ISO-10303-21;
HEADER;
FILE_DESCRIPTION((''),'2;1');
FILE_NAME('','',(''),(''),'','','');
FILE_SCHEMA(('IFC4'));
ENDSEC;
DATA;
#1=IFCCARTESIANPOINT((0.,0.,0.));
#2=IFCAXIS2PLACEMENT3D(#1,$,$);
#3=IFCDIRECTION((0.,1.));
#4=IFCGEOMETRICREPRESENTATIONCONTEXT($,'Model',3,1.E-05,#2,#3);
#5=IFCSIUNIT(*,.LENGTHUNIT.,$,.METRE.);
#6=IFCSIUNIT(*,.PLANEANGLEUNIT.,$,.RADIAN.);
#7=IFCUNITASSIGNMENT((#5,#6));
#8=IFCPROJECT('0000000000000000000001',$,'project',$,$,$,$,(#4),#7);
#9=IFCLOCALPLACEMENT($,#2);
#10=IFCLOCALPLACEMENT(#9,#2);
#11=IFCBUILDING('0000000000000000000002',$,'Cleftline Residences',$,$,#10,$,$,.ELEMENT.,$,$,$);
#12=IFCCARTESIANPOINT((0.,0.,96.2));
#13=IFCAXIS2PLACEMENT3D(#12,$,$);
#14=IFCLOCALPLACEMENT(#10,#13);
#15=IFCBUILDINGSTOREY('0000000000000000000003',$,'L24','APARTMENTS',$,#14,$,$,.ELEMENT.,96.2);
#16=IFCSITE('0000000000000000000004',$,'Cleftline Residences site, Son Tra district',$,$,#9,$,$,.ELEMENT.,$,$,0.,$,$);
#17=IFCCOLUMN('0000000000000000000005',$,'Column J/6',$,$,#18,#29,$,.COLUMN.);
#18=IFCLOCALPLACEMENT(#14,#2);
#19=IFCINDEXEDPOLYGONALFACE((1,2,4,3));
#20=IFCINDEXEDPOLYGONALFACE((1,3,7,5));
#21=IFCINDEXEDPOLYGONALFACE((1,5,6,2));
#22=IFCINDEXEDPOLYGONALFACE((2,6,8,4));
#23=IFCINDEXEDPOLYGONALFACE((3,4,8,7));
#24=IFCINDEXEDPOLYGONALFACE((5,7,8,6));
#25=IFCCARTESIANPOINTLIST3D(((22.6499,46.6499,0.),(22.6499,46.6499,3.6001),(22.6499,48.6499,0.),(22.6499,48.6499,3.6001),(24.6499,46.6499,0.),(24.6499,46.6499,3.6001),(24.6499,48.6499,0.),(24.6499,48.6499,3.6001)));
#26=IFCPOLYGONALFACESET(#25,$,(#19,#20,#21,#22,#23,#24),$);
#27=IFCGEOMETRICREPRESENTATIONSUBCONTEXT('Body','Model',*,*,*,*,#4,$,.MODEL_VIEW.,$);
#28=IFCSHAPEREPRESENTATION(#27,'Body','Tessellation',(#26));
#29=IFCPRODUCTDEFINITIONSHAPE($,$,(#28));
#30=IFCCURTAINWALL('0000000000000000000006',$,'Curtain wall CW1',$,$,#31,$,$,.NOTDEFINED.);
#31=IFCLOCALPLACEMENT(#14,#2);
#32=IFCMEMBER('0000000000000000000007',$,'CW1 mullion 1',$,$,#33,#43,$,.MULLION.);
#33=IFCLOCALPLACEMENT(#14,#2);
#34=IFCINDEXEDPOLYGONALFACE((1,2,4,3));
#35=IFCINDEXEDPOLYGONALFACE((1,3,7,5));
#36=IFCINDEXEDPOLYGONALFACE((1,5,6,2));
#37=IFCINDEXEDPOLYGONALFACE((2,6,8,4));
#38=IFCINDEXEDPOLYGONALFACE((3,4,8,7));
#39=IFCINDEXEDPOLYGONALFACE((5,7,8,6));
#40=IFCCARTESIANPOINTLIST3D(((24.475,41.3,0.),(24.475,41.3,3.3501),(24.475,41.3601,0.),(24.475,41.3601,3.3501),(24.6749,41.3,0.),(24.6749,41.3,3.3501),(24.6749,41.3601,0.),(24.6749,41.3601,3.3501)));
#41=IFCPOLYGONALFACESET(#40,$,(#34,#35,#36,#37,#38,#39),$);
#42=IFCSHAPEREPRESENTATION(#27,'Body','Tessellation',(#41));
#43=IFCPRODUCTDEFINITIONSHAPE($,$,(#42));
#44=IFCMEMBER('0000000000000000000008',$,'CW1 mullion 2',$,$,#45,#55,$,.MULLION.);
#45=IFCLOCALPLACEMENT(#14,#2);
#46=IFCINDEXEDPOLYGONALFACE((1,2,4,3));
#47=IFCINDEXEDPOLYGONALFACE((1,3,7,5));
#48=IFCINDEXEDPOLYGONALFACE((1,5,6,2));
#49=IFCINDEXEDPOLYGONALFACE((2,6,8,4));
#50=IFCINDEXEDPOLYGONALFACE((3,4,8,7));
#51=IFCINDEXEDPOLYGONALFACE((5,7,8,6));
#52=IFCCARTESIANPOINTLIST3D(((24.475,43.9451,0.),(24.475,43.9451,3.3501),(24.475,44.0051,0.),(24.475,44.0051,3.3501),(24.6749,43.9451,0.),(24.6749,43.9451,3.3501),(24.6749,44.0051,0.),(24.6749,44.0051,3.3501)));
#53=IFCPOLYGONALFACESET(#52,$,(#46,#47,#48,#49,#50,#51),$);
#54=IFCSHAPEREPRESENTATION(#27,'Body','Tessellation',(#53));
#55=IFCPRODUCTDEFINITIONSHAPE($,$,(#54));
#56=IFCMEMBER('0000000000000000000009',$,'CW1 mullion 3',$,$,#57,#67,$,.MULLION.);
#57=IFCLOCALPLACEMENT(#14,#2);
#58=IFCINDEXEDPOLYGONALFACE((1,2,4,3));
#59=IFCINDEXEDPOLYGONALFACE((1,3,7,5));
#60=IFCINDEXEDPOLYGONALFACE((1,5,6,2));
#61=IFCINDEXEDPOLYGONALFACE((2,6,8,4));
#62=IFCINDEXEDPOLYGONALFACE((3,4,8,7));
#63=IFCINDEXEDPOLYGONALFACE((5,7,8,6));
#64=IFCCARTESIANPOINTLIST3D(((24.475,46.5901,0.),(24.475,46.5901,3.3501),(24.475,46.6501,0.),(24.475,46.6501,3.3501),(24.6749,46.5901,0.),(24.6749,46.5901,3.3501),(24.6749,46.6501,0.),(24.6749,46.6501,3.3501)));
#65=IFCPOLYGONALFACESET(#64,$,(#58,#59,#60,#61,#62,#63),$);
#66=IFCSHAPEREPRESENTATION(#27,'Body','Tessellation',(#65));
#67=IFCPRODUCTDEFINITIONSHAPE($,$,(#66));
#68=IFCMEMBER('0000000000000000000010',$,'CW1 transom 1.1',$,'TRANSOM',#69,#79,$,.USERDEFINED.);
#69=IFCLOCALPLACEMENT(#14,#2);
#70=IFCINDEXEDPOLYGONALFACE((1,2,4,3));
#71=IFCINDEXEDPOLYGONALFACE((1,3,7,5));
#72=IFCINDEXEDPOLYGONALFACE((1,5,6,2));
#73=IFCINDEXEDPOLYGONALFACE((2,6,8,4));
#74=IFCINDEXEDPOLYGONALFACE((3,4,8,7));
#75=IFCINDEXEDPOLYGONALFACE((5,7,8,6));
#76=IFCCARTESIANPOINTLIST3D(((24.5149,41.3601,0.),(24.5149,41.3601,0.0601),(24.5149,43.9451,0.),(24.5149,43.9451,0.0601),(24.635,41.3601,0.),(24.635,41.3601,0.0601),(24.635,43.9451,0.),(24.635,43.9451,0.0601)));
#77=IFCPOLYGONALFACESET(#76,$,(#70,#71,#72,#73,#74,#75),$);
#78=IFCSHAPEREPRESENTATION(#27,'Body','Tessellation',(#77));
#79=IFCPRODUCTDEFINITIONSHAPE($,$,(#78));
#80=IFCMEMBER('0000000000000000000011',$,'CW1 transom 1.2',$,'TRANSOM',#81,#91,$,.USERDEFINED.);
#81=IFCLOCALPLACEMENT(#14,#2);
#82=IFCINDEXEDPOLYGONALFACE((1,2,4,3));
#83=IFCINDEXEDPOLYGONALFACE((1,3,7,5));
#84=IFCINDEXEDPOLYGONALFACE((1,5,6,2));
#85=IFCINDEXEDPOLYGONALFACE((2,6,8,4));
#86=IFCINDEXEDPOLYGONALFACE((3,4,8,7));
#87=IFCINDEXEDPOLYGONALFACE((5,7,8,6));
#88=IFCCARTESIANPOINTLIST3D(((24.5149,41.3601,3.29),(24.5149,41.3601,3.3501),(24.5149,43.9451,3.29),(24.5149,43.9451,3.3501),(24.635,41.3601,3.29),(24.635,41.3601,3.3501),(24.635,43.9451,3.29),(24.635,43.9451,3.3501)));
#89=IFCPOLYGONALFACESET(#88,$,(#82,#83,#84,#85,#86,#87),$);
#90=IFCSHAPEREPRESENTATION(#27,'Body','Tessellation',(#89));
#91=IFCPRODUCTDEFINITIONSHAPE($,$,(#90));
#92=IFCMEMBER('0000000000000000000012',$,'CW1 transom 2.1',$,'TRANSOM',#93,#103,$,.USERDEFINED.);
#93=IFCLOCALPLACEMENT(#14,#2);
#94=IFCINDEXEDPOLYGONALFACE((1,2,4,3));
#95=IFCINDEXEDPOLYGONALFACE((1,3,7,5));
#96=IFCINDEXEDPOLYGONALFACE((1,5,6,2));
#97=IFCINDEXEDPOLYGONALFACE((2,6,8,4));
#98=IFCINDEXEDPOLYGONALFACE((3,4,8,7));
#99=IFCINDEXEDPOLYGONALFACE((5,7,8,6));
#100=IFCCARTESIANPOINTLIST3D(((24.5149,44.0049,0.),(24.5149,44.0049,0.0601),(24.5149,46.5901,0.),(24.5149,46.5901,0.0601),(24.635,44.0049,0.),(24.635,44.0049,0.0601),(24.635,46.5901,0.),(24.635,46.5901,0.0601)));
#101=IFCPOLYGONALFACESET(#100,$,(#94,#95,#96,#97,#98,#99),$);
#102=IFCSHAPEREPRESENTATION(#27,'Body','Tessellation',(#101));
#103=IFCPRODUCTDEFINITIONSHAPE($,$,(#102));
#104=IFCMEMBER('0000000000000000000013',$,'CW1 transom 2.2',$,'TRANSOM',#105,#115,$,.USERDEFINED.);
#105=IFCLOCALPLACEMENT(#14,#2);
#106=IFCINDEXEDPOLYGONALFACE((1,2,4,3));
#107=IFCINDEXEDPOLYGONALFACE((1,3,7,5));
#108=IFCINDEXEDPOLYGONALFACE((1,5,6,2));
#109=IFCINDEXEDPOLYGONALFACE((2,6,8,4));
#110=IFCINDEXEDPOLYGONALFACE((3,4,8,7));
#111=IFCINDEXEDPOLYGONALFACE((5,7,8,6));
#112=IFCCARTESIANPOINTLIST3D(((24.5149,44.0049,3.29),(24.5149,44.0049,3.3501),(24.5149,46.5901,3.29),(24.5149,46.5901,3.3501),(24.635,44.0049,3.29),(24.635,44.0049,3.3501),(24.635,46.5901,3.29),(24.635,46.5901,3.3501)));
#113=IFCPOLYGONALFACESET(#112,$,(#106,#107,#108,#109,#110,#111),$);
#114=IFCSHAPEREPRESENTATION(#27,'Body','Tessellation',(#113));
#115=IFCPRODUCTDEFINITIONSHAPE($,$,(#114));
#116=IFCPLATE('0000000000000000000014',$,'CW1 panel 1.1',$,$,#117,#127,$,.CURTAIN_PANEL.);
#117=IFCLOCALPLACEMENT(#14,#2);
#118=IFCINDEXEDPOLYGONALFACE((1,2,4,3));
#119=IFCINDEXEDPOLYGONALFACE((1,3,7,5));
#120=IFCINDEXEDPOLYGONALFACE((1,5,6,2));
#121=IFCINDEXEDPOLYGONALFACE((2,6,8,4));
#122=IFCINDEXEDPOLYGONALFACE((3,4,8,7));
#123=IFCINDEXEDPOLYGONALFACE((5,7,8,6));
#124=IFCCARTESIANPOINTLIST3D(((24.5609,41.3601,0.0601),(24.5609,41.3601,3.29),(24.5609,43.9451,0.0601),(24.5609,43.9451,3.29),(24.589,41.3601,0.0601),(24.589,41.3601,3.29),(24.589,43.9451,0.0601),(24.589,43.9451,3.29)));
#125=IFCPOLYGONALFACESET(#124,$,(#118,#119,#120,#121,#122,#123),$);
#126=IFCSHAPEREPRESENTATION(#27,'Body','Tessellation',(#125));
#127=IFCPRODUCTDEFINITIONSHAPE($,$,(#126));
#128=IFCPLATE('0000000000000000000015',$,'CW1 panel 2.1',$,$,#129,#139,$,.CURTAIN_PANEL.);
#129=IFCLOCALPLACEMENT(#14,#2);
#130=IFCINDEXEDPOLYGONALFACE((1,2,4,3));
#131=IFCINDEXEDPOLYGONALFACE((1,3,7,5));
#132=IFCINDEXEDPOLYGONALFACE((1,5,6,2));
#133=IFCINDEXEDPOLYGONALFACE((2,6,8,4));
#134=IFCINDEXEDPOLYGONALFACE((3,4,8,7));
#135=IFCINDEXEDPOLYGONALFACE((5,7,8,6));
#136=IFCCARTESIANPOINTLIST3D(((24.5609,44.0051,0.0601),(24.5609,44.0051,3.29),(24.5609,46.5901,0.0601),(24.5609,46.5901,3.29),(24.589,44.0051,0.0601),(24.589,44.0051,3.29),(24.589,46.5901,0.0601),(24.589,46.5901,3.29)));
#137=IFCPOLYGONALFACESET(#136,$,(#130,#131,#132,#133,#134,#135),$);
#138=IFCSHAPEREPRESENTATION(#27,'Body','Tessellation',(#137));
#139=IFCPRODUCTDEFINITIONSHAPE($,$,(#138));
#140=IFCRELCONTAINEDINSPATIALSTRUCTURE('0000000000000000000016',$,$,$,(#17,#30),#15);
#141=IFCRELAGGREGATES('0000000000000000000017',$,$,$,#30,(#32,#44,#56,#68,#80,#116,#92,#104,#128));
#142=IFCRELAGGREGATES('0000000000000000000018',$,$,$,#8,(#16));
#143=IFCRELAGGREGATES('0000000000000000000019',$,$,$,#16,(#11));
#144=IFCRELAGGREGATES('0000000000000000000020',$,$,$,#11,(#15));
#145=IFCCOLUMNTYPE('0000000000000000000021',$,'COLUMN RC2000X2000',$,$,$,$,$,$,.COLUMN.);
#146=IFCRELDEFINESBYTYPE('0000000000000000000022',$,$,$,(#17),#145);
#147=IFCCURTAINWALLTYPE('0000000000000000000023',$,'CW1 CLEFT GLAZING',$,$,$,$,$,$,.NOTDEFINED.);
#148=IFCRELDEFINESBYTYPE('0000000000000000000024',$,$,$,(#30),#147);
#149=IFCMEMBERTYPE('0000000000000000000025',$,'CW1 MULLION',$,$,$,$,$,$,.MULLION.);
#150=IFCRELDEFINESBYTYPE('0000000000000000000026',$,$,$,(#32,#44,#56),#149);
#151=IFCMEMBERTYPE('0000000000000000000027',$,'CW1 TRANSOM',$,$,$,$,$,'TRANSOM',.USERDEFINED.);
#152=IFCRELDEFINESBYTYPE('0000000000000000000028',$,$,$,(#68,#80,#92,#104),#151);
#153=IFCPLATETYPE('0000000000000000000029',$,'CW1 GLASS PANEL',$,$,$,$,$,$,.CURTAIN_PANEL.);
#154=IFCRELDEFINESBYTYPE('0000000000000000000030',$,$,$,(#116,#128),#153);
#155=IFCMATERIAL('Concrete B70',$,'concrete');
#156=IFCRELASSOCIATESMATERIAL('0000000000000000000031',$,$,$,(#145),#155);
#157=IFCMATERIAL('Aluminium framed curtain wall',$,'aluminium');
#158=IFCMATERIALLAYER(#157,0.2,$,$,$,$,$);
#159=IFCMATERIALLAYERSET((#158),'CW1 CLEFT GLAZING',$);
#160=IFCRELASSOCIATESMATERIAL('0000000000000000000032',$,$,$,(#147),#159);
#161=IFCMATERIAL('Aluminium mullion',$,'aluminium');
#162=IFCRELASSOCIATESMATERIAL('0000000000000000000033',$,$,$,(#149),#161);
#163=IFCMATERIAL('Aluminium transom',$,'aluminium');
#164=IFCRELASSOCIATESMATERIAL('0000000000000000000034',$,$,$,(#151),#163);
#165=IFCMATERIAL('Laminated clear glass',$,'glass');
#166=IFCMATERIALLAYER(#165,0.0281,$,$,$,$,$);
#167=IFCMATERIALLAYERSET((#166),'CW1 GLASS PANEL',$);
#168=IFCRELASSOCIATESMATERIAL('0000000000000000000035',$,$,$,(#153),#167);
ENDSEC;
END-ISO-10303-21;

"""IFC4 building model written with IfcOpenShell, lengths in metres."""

from ifc_helpers import new_model, si_unit, direction, frame, origin, origin_2d, place, context, subcontext, project, spatial, rectangle, extrude, material, layer, layer_set, material_profile, profile_set, type_object, element, aggregate, save


model = new_model("IFC4")

# Units and contexts
model_context = context("Model", 3, precision=1e-05, world=origin(), true_north=direction((0.0, 1.0)))
body_context = subcontext(model_context, "Body", "Model", "MODEL_VIEW")
ifc_project = project(units=[si_unit("LENGTHUNIT", "METRE"), si_unit("PLANEANGLEUNIT", "RADIAN")], contexts=[model_context])

# Site, building, storey
site_placement = place(None, origin())
site = spatial("IfcSite", under=ifc_project, at=site_placement, Name="Cleftline Residences site, Son Tra district", CompositionType="ELEMENT", RefElevation=0.0)
building_placement = place(site_placement, origin())
building = spatial("IfcBuilding", under=site, at=building_placement, Name="Cleftline Residences", CompositionType="ELEMENT")
storey_placement = place(building_placement, frame((0.0, 0.0, 96.2)))
storey = spatial("IfcBuildingStorey", under=building, at=storey_placement, Name="L24", Description="APARTMENTS", CompositionType="ELEMENT", Elevation=96.2)

# Column
ifc_material_1 = material(Name="Concrete B70", Category="concrete")
ifc_material_profile_1 = material_profile(ifc_material_1, rectangle(XDim=2.0, YDim=2.0, at=origin_2d()))
ifc_profile_set_1 = profile_set([ifc_material_profile_1], Name="Concrete B70")
column_type = type_object("IfcColumnType", Name="COLUMN RC2000X2000", PredefinedType="COLUMN", material=ifc_profile_set_1)
column_placement = place(storey_placement, frame((23.6499, 47.6499, 0.0), z_axis=(0.0, 0.0, 1.0), x_axis=(1.0, 0.0, 0.0)))
element("IfcColumn", 1, at=column_placement, inside=storey, type_object=column_type, Name="Column J/6", PredefinedType="COLUMN", context=body_context, shape_type="SweptSolid", body=[
    extrude(rectangle(XDim=2.0, YDim=2.0, at=origin_2d()), origin(), (0.0, 0.0, 1.0), 3.6001),
])

# Curtain wall, members, plates
ifc_material_2 = material(Name="Aluminium framed curtain wall", Category="aluminium")
ifc_layer_1 = layer(ifc_material_2, 0.2)
ifc_layer_set_1 = layer_set([ifc_layer_1], Name="CW1 CLEFT GLAZING")
curtain_wall_type = type_object("IfcCurtainWallType", Name="CW1 CLEFT GLAZING", PredefinedType="NOTDEFINED", material=ifc_layer_set_1)
curtain_wall_placement = place(storey_placement, origin())
curtain_wall = element("IfcCurtainWall", 2, at=curtain_wall_placement, inside=storey, type_object=curtain_wall_type, Name="Curtain wall CW1", PredefinedType="NOTDEFINED")
ifc_material_3 = material(Name="Aluminium mullion", Category="aluminium")
ifc_material_profile_2 = material_profile(ifc_material_3, rectangle(XDim=0.2, YDim=0.0601, at=origin_2d()))
ifc_profile_set_2 = profile_set([ifc_material_profile_2], Name="Aluminium mullion")
member_type_1 = type_object("IfcMemberType", Name="CW1 MULLION", PredefinedType="MULLION", material=ifc_profile_set_2)
member_1_placement = place(storey_placement, frame((24.575, 41.3301, 0.0), z_axis=(0.0, 0.0, 1.0), x_axis=(-1.0, 0.0, 0.0)))
member_1 = element("IfcMember", 3, at=member_1_placement, type_object=member_type_1, Name="CW1 mullion 1", PredefinedType="MULLION", context=body_context, shape_type="SweptSolid", body=[
    extrude(rectangle(XDim=0.2, YDim=0.0601, at=origin_2d()), origin(), (0.0, 0.0, 1.0), 3.3501),
])
member_2_placement = place(storey_placement, frame((24.575, 43.9751, 0.0), z_axis=(0.0, 0.0, 1.0), x_axis=(-1.0, 0.0, 0.0)))
member_2 = element("IfcMember", 4, at=member_2_placement, type_object=member_type_1, Name="CW1 mullion 2", PredefinedType="MULLION", context=body_context, shape_type="SweptSolid", body=[
    extrude(rectangle(XDim=0.2, YDim=0.0601, at=origin_2d()), origin(), (0.0, 0.0, 1.0), 3.3501),
])
member_3_placement = place(storey_placement, frame((24.575, 46.6201, 0.0), z_axis=(0.0, 0.0, 1.0), x_axis=(-1.0, 0.0, 0.0)))
member_3 = element("IfcMember", 5, at=member_3_placement, type_object=member_type_1, Name="CW1 mullion 3", PredefinedType="MULLION", context=body_context, shape_type="SweptSolid", body=[
    extrude(rectangle(XDim=0.2, YDim=0.0601, at=origin_2d()), origin(), (0.0, 0.0, 1.0), 3.3501),
])
ifc_material_4 = material(Name="Aluminium transom", Category="aluminium")
ifc_material_profile_3 = material_profile(ifc_material_4, rectangle(XDim=0.1201, YDim=0.0601, at=origin_2d()))
ifc_profile_set_3 = profile_set([ifc_material_profile_3], Name="Aluminium transom")
member_type_2 = type_object("IfcMemberType", Name="CW1 TRANSOM", ElementType="TRANSOM", PredefinedType="USERDEFINED", material=ifc_profile_set_3)
member_4_placement = place(storey_placement, frame((24.575, 41.3601, 0.03), z_axis=(0.0, 1.0, 0.0), x_axis=(-1.0, 0.0, 0.0)))
member_4 = element("IfcMember", 6, at=member_4_placement, type_object=member_type_2, Name="CW1 transom 1.1", ObjectType="TRANSOM", PredefinedType="USERDEFINED", context=body_context, shape_type="SweptSolid", body=[
    extrude(rectangle(XDim=0.1201, YDim=0.0601, at=origin_2d()), origin(), (0.0, 0.0, 1.0), 2.585),
])
member_5_placement = place(storey_placement, frame((24.575, 41.3601, 3.3201), z_axis=(0.0, 1.0, 0.0), x_axis=(-1.0, 0.0, 0.0)))
member_5 = element("IfcMember", 7, at=member_5_placement, type_object=member_type_2, Name="CW1 transom 1.2", ObjectType="TRANSOM", PredefinedType="USERDEFINED", context=body_context, shape_type="SweptSolid", body=[
    extrude(rectangle(XDim=0.1201, YDim=0.0601, at=origin_2d()), origin(), (0.0, 0.0, 1.0), 2.585),
])
member_6_placement = place(storey_placement, frame((24.575, 44.0049, 0.03), z_axis=(0.0, 1.0, 0.0), x_axis=(-1.0, 0.0, 0.0)))
member_6 = element("IfcMember", 8, at=member_6_placement, type_object=member_type_2, Name="CW1 transom 2.1", ObjectType="TRANSOM", PredefinedType="USERDEFINED", context=body_context, shape_type="SweptSolid", body=[
    extrude(rectangle(XDim=0.1201, YDim=0.0601, at=origin_2d()), origin(), (0.0, 0.0, 1.0), 2.5852),
])
member_7_placement = place(storey_placement, frame((24.575, 44.0049, 3.3201), z_axis=(0.0, 1.0, 0.0), x_axis=(-1.0, 0.0, 0.0)))
member_7 = element("IfcMember", 9, at=member_7_placement, type_object=member_type_2, Name="CW1 transom 2.2", ObjectType="TRANSOM", PredefinedType="USERDEFINED", context=body_context, shape_type="SweptSolid", body=[
    extrude(rectangle(XDim=0.1201, YDim=0.0601, at=origin_2d()), origin(), (0.0, 0.0, 1.0), 2.5852),
])
ifc_material_5 = material(Name="Laminated clear glass", Category="glass")
ifc_layer_2 = layer(ifc_material_5, 0.0281)
ifc_layer_set_2 = layer_set([ifc_layer_2], Name="CW1 GLASS PANEL")
plate_type = type_object("IfcPlateType", Name="CW1 GLASS PANEL", PredefinedType="CURTAIN_PANEL", material=ifc_layer_set_2)
plate_1_placement = place(storey_placement, frame((24.575, 42.6526, 0.0601), z_axis=(0.0, 0.0, 1.0), x_axis=(0.0, 1.0, 0.0)))
plate_1 = element("IfcPlate", 10, at=plate_1_placement, type_object=plate_type, Name="CW1 panel 1.1", PredefinedType="CURTAIN_PANEL", context=body_context, shape_type="SweptSolid", body=[
    extrude(rectangle(XDim=2.585, YDim=0.0281, at=origin_2d()), origin(), (0.0, 0.0, 1.0), 3.23),
])
plate_2_placement = place(storey_placement, frame((24.575, 45.2976, 0.0601), z_axis=(0.0, 0.0, 1.0), x_axis=(0.0, 1.0, 0.0)))
plate_2 = element("IfcPlate", 11, at=plate_2_placement, type_object=plate_type, Name="CW1 panel 2.1", PredefinedType="CURTAIN_PANEL", context=body_context, shape_type="SweptSolid", body=[
    extrude(rectangle(XDim=2.585, YDim=0.0281, at=origin_2d()), origin(), (0.0, 0.0, 1.0), 3.23),
])
aggregate(curtain_wall, [member_1, member_2, member_3, member_4, member_5, plate_1, member_6, member_7, plate_2])

save(model, "model.ifc")
